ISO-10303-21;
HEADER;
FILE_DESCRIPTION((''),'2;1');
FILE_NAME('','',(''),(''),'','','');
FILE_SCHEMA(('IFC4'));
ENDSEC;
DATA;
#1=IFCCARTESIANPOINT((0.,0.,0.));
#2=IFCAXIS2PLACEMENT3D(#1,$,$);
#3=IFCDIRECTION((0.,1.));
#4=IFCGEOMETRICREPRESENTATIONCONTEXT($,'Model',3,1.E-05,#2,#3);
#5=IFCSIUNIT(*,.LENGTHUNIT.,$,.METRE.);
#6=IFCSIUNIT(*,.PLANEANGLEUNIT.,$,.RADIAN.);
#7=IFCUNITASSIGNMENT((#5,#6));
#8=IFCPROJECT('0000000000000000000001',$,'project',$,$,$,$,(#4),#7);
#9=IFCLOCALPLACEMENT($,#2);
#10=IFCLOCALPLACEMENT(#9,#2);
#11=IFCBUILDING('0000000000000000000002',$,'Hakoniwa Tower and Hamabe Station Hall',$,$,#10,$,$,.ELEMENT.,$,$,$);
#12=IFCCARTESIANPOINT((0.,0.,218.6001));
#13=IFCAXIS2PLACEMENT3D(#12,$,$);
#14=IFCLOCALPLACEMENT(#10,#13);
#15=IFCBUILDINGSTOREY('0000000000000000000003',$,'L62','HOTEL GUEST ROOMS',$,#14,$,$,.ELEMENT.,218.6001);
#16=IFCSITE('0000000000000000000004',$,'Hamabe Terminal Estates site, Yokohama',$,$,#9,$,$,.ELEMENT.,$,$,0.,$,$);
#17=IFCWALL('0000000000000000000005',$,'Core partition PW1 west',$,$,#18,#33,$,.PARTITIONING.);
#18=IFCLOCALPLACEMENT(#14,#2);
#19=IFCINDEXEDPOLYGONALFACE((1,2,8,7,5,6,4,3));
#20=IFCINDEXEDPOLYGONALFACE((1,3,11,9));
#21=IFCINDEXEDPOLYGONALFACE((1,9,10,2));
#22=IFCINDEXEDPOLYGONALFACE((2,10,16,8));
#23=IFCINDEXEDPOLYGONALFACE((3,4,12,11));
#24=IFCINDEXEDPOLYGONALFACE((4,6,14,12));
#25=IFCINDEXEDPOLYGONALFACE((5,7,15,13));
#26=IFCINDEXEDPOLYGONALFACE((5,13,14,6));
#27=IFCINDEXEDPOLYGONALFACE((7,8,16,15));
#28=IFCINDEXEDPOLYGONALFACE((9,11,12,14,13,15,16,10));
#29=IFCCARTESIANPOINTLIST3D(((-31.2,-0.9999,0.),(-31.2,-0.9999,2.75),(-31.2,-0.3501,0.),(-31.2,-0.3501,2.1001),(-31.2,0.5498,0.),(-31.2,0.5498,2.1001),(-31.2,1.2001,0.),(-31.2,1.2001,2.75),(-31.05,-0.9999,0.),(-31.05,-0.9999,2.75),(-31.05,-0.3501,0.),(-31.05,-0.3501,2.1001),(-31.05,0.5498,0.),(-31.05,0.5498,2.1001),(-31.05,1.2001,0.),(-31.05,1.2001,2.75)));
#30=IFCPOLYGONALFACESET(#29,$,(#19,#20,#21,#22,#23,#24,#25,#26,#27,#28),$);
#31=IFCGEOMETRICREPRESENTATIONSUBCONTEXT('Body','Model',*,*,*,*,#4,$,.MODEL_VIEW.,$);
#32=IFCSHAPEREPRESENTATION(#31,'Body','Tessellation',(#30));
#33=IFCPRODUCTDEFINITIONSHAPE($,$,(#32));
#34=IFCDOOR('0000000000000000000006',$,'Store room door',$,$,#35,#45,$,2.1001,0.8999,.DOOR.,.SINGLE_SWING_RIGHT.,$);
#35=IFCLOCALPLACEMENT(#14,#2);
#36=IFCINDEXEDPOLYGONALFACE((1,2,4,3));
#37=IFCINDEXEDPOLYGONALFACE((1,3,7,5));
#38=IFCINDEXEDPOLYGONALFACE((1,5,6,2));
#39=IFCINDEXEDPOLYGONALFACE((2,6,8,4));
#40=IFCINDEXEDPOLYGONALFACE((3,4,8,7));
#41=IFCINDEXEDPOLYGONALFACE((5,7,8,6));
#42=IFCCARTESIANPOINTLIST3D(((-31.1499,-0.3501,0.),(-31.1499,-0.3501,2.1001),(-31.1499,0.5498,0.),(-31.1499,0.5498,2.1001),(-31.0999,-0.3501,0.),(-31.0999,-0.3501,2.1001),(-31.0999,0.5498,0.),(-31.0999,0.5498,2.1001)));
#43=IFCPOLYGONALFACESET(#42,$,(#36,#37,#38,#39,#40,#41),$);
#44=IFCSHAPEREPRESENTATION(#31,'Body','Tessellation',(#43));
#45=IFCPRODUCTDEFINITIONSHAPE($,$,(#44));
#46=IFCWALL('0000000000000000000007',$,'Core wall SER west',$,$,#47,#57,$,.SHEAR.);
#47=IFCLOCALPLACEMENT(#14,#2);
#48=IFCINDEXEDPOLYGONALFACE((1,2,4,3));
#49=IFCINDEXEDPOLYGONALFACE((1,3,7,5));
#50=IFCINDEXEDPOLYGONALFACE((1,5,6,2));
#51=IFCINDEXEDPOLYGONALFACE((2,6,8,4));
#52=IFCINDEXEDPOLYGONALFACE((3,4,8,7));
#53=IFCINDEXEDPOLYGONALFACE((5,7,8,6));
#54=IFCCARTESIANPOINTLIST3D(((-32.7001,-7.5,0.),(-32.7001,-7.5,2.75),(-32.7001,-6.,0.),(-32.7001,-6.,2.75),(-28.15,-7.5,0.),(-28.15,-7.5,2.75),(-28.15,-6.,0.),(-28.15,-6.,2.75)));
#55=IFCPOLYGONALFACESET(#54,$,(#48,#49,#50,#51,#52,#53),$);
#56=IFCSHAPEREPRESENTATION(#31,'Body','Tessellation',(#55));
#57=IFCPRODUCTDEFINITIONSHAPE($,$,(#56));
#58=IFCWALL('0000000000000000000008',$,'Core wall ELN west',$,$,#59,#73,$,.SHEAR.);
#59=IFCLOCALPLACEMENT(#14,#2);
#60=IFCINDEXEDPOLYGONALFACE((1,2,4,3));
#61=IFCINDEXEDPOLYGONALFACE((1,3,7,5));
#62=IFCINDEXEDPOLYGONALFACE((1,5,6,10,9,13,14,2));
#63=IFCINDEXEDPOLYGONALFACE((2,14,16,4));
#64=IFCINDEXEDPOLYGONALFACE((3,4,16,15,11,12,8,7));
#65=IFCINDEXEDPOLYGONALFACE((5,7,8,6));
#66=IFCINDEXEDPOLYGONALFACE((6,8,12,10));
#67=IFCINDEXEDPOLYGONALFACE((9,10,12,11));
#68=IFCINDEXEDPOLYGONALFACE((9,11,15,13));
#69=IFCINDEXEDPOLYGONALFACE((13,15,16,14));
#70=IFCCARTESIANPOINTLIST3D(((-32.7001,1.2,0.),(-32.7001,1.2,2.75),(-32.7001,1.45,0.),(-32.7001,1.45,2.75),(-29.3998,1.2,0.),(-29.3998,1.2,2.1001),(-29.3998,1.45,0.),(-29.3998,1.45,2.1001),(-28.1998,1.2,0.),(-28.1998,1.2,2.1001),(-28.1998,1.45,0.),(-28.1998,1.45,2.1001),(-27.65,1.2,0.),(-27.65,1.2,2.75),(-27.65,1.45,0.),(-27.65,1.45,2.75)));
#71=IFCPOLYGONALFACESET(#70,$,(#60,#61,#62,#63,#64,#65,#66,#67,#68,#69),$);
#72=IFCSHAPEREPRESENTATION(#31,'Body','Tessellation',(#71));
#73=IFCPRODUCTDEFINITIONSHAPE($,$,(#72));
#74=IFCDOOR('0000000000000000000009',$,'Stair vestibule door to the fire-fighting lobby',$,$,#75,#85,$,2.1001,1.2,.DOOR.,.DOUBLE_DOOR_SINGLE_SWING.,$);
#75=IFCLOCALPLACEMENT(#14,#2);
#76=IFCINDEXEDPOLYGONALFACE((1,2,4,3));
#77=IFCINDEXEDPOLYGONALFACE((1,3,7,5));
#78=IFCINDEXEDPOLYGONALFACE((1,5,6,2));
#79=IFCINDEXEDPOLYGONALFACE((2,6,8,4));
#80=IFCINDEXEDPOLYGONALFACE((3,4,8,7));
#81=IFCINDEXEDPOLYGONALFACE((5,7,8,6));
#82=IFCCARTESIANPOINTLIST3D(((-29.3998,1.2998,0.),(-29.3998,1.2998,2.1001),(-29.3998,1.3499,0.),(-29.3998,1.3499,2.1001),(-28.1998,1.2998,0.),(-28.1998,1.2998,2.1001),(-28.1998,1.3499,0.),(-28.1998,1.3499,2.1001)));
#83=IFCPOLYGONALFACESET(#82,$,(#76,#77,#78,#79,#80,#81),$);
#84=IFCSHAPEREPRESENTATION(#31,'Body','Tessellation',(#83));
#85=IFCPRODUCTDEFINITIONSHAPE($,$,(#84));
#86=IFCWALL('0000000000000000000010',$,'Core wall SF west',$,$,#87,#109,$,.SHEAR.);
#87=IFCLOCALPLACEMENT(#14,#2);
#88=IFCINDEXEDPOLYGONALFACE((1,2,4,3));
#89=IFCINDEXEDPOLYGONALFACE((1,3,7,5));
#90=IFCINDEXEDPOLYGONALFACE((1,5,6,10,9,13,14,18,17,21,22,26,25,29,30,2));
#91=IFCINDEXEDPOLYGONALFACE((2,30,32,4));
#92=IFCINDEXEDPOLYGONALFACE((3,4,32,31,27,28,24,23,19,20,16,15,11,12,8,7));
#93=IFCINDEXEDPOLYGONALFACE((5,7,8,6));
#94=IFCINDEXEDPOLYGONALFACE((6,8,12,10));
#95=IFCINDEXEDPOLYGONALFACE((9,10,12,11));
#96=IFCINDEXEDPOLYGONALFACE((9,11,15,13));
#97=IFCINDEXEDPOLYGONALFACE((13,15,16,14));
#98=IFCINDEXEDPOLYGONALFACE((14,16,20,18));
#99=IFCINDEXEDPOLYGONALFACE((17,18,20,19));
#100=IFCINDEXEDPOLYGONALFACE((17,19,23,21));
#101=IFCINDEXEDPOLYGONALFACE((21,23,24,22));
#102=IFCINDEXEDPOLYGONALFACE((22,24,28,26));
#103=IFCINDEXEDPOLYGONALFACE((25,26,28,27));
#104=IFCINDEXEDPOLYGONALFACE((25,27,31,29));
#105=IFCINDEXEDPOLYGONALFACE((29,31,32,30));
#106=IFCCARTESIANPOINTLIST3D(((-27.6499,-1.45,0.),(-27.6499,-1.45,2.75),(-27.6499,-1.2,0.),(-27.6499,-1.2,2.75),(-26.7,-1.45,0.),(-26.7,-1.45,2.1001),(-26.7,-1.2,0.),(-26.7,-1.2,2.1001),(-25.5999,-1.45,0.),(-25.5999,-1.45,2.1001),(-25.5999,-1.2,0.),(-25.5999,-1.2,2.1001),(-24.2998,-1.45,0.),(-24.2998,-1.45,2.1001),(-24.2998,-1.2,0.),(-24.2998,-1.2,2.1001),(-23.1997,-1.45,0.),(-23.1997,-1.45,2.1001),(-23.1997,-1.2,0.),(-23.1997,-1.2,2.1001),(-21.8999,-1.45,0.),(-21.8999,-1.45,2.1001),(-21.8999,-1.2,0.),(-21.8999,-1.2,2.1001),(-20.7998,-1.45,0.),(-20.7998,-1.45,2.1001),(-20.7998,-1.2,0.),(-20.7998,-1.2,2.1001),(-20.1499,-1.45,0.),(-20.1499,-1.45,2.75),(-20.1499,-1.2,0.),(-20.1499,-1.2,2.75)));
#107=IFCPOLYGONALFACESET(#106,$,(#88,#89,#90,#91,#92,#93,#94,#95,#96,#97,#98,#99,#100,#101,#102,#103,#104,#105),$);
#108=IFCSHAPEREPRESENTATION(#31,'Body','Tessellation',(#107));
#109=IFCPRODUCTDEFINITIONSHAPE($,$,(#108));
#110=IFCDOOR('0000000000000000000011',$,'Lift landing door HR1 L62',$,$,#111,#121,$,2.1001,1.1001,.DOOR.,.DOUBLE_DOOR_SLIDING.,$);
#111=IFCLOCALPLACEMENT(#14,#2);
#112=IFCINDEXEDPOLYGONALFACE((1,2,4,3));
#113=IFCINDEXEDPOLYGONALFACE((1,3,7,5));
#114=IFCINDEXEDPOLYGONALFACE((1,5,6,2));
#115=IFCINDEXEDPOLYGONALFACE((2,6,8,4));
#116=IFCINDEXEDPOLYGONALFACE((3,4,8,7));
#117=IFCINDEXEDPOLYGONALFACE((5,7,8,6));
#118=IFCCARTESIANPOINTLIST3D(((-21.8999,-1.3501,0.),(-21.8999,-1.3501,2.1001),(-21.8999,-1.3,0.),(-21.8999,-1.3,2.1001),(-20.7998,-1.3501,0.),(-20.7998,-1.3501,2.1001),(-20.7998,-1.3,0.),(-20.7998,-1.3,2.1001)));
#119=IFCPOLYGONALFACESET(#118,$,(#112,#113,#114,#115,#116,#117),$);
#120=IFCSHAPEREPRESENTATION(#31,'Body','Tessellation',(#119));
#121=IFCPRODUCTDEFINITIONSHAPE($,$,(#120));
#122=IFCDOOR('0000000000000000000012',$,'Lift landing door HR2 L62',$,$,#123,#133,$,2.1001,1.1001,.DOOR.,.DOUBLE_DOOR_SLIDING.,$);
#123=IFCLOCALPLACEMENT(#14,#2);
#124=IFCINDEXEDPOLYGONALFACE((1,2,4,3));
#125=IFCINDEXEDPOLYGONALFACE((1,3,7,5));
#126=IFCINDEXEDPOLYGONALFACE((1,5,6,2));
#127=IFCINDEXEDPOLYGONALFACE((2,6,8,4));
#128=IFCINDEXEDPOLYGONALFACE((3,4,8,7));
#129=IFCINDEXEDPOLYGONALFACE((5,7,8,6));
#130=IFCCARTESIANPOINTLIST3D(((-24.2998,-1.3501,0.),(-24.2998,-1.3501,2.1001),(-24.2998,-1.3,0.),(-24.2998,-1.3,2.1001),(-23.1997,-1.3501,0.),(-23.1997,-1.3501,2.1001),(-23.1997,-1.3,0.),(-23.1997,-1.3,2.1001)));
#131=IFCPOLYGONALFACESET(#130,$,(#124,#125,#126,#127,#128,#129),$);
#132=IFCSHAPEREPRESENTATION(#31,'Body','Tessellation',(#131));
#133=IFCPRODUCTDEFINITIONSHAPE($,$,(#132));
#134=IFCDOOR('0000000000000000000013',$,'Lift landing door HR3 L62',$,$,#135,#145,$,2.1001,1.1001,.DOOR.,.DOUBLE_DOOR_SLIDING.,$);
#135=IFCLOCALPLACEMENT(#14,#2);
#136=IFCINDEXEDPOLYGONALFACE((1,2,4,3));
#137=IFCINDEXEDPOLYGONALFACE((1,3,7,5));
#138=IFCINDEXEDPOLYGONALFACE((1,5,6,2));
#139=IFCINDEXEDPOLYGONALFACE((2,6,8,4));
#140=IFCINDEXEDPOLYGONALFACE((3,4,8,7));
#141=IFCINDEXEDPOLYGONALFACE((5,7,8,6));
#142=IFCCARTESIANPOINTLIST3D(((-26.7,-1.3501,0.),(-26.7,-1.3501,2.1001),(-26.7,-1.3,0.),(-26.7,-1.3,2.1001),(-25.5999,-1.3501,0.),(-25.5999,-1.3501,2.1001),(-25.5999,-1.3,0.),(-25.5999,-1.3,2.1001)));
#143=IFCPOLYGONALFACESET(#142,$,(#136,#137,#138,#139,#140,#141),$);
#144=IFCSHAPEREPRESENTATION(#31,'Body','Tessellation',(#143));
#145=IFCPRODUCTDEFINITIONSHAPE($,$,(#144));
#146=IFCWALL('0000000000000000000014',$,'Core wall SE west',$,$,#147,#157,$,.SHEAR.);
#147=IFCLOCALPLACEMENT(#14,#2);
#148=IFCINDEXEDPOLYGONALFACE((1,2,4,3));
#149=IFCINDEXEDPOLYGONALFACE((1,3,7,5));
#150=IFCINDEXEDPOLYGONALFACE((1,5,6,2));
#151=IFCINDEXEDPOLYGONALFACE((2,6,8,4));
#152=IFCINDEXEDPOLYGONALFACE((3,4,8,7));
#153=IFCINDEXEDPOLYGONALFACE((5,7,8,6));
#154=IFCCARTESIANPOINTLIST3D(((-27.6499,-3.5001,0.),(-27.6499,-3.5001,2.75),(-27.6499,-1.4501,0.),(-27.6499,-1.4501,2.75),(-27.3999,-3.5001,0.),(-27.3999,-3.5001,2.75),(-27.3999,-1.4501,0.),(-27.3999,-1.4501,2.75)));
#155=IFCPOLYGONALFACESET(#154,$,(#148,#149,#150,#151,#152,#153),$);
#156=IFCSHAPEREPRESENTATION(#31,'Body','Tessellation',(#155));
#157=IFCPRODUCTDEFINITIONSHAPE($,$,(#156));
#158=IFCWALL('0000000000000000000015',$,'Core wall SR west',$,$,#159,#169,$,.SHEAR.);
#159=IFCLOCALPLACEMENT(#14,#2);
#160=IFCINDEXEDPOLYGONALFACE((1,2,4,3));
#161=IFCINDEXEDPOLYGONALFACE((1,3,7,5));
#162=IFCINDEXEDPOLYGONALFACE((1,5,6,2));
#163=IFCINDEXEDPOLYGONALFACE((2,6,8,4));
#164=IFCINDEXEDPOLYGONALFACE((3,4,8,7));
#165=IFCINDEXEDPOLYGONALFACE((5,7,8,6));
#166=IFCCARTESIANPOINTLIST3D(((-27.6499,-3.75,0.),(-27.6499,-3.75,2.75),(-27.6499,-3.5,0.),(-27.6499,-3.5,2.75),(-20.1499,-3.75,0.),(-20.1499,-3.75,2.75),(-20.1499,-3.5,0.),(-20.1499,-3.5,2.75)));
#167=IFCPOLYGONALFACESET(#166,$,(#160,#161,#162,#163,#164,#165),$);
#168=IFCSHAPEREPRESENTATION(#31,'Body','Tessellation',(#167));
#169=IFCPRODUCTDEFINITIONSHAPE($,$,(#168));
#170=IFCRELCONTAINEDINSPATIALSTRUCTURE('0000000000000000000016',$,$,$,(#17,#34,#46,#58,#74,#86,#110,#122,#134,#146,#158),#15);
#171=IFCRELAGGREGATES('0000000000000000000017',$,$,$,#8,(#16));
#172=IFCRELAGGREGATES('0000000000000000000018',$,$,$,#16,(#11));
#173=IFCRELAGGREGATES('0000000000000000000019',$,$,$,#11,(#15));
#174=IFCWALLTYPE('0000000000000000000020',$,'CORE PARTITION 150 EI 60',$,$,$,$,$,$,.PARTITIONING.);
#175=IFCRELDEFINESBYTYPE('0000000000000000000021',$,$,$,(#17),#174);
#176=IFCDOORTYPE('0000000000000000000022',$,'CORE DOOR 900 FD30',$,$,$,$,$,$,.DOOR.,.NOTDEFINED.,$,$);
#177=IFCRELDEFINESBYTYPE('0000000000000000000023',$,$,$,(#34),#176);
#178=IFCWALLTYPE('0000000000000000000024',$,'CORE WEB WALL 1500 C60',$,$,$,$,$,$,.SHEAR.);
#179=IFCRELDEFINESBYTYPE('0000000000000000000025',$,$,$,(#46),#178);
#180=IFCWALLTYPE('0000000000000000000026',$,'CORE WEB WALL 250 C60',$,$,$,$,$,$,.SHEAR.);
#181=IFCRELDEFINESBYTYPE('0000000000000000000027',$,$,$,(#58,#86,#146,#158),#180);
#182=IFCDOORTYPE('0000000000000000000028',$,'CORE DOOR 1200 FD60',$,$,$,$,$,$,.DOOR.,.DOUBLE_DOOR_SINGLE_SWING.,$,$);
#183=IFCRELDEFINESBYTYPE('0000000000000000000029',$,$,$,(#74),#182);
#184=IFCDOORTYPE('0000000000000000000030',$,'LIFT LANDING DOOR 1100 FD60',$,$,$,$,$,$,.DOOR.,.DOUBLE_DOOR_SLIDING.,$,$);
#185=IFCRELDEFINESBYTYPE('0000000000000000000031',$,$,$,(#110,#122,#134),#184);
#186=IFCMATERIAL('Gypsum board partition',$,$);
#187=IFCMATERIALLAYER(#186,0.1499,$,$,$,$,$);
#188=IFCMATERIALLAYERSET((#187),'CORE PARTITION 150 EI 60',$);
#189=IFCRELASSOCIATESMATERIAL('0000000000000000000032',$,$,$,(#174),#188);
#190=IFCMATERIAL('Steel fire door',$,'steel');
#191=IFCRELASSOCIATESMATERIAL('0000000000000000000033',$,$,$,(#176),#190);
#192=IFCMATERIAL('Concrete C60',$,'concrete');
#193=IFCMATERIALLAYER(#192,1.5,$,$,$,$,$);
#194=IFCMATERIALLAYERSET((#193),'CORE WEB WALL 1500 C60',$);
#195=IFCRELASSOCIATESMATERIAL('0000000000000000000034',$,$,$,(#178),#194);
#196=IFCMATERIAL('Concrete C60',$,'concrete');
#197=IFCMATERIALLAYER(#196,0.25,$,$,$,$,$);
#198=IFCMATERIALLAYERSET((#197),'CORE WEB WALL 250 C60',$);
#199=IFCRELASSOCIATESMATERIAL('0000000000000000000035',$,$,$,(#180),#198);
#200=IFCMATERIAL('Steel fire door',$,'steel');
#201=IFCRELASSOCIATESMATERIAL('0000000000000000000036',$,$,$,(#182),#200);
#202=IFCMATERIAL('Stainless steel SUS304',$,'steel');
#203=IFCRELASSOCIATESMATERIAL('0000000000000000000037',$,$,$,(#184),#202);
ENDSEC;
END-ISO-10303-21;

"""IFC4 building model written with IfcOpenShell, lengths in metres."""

from ifc_helpers import new_model, si_unit, direction, frame, frame_2d, origin, place, context, subcontext, project, spatial, rectangle, extrude, material, layer, layer_set, type_object, element, fill, save


model = new_model("IFC4")

# Units and contexts
model_context = context("Model", 3, precision=1e-05, world=origin(), true_north=direction((0.0, 1.0)))
body_context = subcontext(model_context, "Body", "Model", "MODEL_VIEW")
ifc_project = project(units=[si_unit("LENGTHUNIT", "METRE"), si_unit("PLANEANGLEUNIT", "RADIAN")], contexts=[model_context])

# Site, building, storey
site_placement = place(None, origin())
site = spatial("IfcSite", under=ifc_project, at=site_placement, Name="Hamabe Terminal Estates site, Yokohama", CompositionType="ELEMENT", RefElevation=0.0)
building_placement = place(site_placement, origin())
building = spatial("IfcBuilding", under=site, at=building_placement, Name="Hakoniwa Tower and Hamabe Station Hall", CompositionType="ELEMENT")
storey_placement = place(building_placement, frame((0.0, 0.0, 218.6001)))
storey = spatial("IfcBuildingStorey", under=building, at=storey_placement, Name="L62", Description="HOTEL GUEST ROOMS", CompositionType="ELEMENT", Elevation=218.6001)

# Shared definitions
ifc_material_1 = material(Name="Gypsum board partition")
ifc_layer_1 = layer(ifc_material_1, 0.1499)
ifc_layer_set_1 = layer_set([ifc_layer_1], Name="CORE PARTITION 150 EI 60")
wall_type_1 = type_object("IfcWallType", Name="CORE PARTITION 150 EI 60", PredefinedType="PARTITIONING", material=ifc_layer_set_1)
ifc_material_2 = material(Name="Steel fire door", Category="steel")
door_type_1 = type_object("IfcDoorType", Name="CORE DOOR 900 FD30", OperationType="NOTDEFINED", PredefinedType="DOOR", material=ifc_material_2)

# Wall, opening, door
wall_1_placement = place(storey_placement, frame((-31.125, -1.0, 0.0), z_axis=(0.0, 0.0, 1.0), x_axis=(0.0, 1.0, 0.0)))
wall_1 = element("IfcWall", 1, at=wall_1_placement, inside=storey, type_object=wall_type_1, Name="Core partition PW1 west", PredefinedType="PARTITIONING", context=body_context, shape_type="SweptSolid", body=[
    extrude(rectangle(XDim=2.2, YDim=0.1499, at=frame_2d((1.1001, 0.0))), origin(), (0.0, 0.0, 1.0), 2.75),
])
opening_1_placement = place(wall_1_placement, frame((0.6499, 0.0, 0.0)))
opening_1 = element("IfcOpeningElement", 2, at=opening_1_placement, cuts=wall_1, PredefinedType="OPENING", context=body_context, shape_type="SweptSolid", body=[
    extrude(rectangle(XDim=0.8999, YDim=2.1001, at=frame_2d((0.45, 1.05))), frame((0.0, 0.085, 0.0), z_axis=(0.0, -1.0, 0.0), x_axis=(1.0, 0.0, 0.0)), (0.0, 0.0, 1.0), 0.1699),
])
door_1_placement = place(opening_1_placement, origin())
door_1 = element("IfcDoor", 3, at=door_1_placement, inside=storey, type_object=door_type_1, Name="Store room door", OperationType="SINGLE_SWING_RIGHT", OverallHeight=2.1001, OverallWidth=0.8999, PredefinedType="DOOR", context=body_context, shape_type="SweptSolid", body=[
    extrude(rectangle(XDim=0.8999, YDim=2.1001, at=frame_2d((0.45, 1.05))), frame((0.0, 0.0249, 0.0), z_axis=(0.0, -1.0, 0.0), x_axis=(1.0, 0.0, 0.0)), (0.0, 0.0, 1.0), 0.05),
])
fill(opening_1, door_1)

# Wall
ifc_material_3 = material(Name="Concrete C60", Category="concrete")
ifc_layer_2 = layer(ifc_material_3, 1.5)
ifc_layer_set_2 = layer_set([ifc_layer_2], Name="CORE WEB WALL 1500 C60")
wall_type_2 = type_object("IfcWallType", Name="CORE WEB WALL 1500 C60", PredefinedType="SHEAR", material=ifc_layer_set_2)
wall_2_placement = place(storey_placement, frame((-32.7, -6.75, 0.0), z_axis=(0.0, 0.0, 1.0), x_axis=(1.0, 0.0, 0.0)))
element("IfcWall", 4, at=wall_2_placement, inside=storey, type_object=wall_type_2, Name="Core wall SER west", PredefinedType="SHEAR", context=body_context, shape_type="SweptSolid", body=[
    extrude(rectangle(XDim=4.55, YDim=1.5, at=frame_2d((2.2749, 0.0))), origin(), (0.0, 0.0, 1.0), 2.75),
])

# Wall, opening, door
ifc_material_4 = material(Name="Concrete C60", Category="concrete")
ifc_layer_3 = layer(ifc_material_4, 0.25)
ifc_layer_set_3 = layer_set([ifc_layer_3], Name="CORE WEB WALL 250 C60")
wall_type_3 = type_object("IfcWallType", Name="CORE WEB WALL 250 C60", PredefinedType="SHEAR", material=ifc_layer_set_3)
wall_3_placement = place(storey_placement, frame((-32.7, 1.325, 0.0), z_axis=(0.0, 0.0, 1.0), x_axis=(1.0, 0.0, 0.0)))
wall_3 = element("IfcWall", 5, at=wall_3_placement, inside=storey, type_object=wall_type_3, Name="Core wall ELN west", PredefinedType="SHEAR", context=body_context, shape_type="SweptSolid", body=[
    extrude(rectangle(XDim=5.05, YDim=0.25, at=frame_2d((2.5249, 0.0))), origin(), (0.0, 0.0, 1.0), 2.75),
])
opening_2_placement = place(wall_3_placement, frame((3.3, 0.0, 0.0)))
opening_2 = element("IfcOpeningElement", 6, at=opening_2_placement, cuts=wall_3, PredefinedType="OPENING", context=body_context, shape_type="SweptSolid", body=[
    extrude(rectangle(XDim=1.2, YDim=2.1001, at=frame_2d((0.6001, 1.05))), frame((0.0, 0.135, 0.0), z_axis=(0.0, -1.0, 0.0), x_axis=(1.0, 0.0, 0.0)), (0.0, 0.0, 1.0), 0.27),
])
ifc_material_5 = material(Name="Steel fire door", Category="steel")
door_type_2 = type_object("IfcDoorType", Name="CORE DOOR 1200 FD60", OperationType="DOUBLE_DOOR_SINGLE_SWING", PredefinedType="DOOR", material=ifc_material_5)
door_2_placement = place(opening_2_placement, origin())
door_2 = element("IfcDoor", 7, at=door_2_placement, inside=storey, type_object=door_type_2, Name="Stair vestibule door to the fire-fighting lobby", OperationType="DOUBLE_DOOR_SINGLE_SWING", OverallHeight=2.1001, OverallWidth=1.2, PredefinedType="DOOR", context=body_context, shape_type="SweptSolid", body=[
    extrude(rectangle(XDim=1.2, YDim=2.1001, at=frame_2d((0.6001, 1.05))), frame((0.0, 0.0249, 0.0), z_axis=(0.0, -1.0, 0.0), x_axis=(1.0, 0.0, 0.0)), (0.0, 0.0, 1.0), 0.05),
])
fill(opening_2, door_2)

# Wall, openings, doors
wall_4_placement = place(storey_placement, frame((-27.6499, -1.325, 0.0), z_axis=(0.0, 0.0, 1.0), x_axis=(1.0, 0.0, 0.0)))
wall_4 = element("IfcWall", 8, at=wall_4_placement, inside=storey, type_object=wall_type_3, Name="Core wall SF west", PredefinedType="SHEAR", context=body_context, shape_type="SweptSolid", body=[
    extrude(rectangle(XDim=7.5, YDim=0.25, at=frame_2d((3.75, 0.0))), origin(), (0.0, 0.0, 1.0), 2.75),
])
opening_3_placement = place(wall_4_placement, frame((5.75, 0.0, 0.0)))
opening_3 = element("IfcOpeningElement", 9, at=opening_3_placement, cuts=wall_4, PredefinedType="OPENING", context=body_context, shape_type="SweptSolid", body=[
    extrude(rectangle(XDim=1.1001, YDim=2.1001, at=frame_2d((0.55, 1.05))), frame((0.0, 0.135, 0.0), z_axis=(0.0, -1.0, 0.0), x_axis=(1.0, 0.0, 0.0)), (0.0, 0.0, 1.0), 0.27),
])
opening_4_placement = place(wall_4_placement, frame((3.3501, 0.0, 0.0)))
opening_4 = element("IfcOpeningElement", 10, at=opening_4_placement, cuts=wall_4, PredefinedType="OPENING", context=body_context, shape_type="SweptSolid", body=[
    extrude(rectangle(XDim=1.1001, YDim=2.1001, at=frame_2d((0.55, 1.05))), frame((0.0, 0.135, 0.0), z_axis=(0.0, -1.0, 0.0), x_axis=(1.0, 0.0, 0.0)), (0.0, 0.0, 1.0), 0.27),
])
opening_5_placement = place(wall_4_placement, frame((0.95, 0.0, 0.0)))
opening_5 = element("IfcOpeningElement", 11, at=opening_5_placement, cuts=wall_4, PredefinedType="OPENING", context=body_context, shape_type="SweptSolid", body=[
    extrude(rectangle(XDim=1.1001, YDim=2.1001, at=frame_2d((0.55, 1.05))), frame((0.0, 0.135, 0.0), z_axis=(0.0, -1.0, 0.0), x_axis=(1.0, 0.0, 0.0)), (0.0, 0.0, 1.0), 0.27),
])
ifc_material_6 = material(Name="Stainless steel SUS304", Category="steel")
door_type_3 = type_object("IfcDoorType", Name="LIFT LANDING DOOR 1100 FD60", OperationType="DOUBLE_DOOR_SLIDING", PredefinedType="DOOR", material=ifc_material_6)
door_3_placement = place(opening_3_placement, origin())
door_3 = element("IfcDoor", 12, at=door_3_placement, inside=storey, type_object=door_type_3, Name="Lift landing door HR1 L62", OperationType="DOUBLE_DOOR_SLIDING", OverallHeight=2.1001, OverallWidth=1.1001, PredefinedType="DOOR", context=body_context, shape_type="SweptSolid", body=[
    extrude(rectangle(XDim=1.1001, YDim=2.1001, at=frame_2d((0.55, 1.05))), frame((0.0, 0.0249, 0.0), z_axis=(0.0, -1.0, 0.0), x_axis=(1.0, 0.0, 0.0)), (0.0, 0.0, 1.0), 0.05),
])
fill(opening_3, door_3)
door_4_placement = place(opening_4_placement, origin())
door_4 = element("IfcDoor", 13, at=door_4_placement, inside=storey, type_object=door_type_3, Name="Lift landing door HR2 L62", OperationType="DOUBLE_DOOR_SLIDING", OverallHeight=2.1001, OverallWidth=1.1001, PredefinedType="DOOR", context=body_context, shape_type="SweptSolid", body=[
    extrude(rectangle(XDim=1.1001, YDim=2.1001, at=frame_2d((0.55, 1.05))), frame((0.0, 0.0249, 0.0), z_axis=(0.0, -1.0, 0.0), x_axis=(1.0, 0.0, 0.0)), (0.0, 0.0, 1.0), 0.05),
])
fill(opening_4, door_4)
door_5_placement = place(opening_5_placement, origin())
door_5 = element("IfcDoor", 14, at=door_5_placement, inside=storey, type_object=door_type_3, Name="Lift landing door HR3 L62", OperationType="DOUBLE_DOOR_SLIDING", OverallHeight=2.1001, OverallWidth=1.1001, PredefinedType="DOOR", context=body_context, shape_type="SweptSolid", body=[
    extrude(rectangle(XDim=1.1001, YDim=2.1001, at=frame_2d((0.55, 1.05))), frame((0.0, 0.0249, 0.0), z_axis=(0.0, -1.0, 0.0), x_axis=(1.0, 0.0, 0.0)), (0.0, 0.0, 1.0), 0.05),
])
fill(opening_5, door_5)

# Walls
wall_5_placement = place(storey_placement, frame((-27.5249, -3.5, 0.0), z_axis=(0.0, 0.0, 1.0), x_axis=(0.0, 1.0, 0.0)))
element("IfcWall", 15, at=wall_5_placement, inside=storey, type_object=wall_type_3, Name="Core wall SE west", PredefinedType="SHEAR", context=body_context, shape_type="SweptSolid", body=[
    extrude(rectangle(XDim=2.05, YDim=0.25, at=frame_2d((1.0249, 0.0))), origin(), (0.0, 0.0, 1.0), 2.75),
])
wall_6_placement = place(storey_placement, frame((-27.6499, -3.625, 0.0), z_axis=(0.0, 0.0, 1.0), x_axis=(1.0, 0.0, 0.0)))
element("IfcWall", 16, at=wall_6_placement, inside=storey, type_object=wall_type_3, Name="Core wall SR west", PredefinedType="SHEAR", context=body_context, shape_type="SweptSolid", body=[
    extrude(rectangle(XDim=7.5, YDim=0.25, at=frame_2d((3.75, 0.0))), origin(), (0.0, 0.0, 1.0), 2.75),
])

save(model, "model.ifc")
